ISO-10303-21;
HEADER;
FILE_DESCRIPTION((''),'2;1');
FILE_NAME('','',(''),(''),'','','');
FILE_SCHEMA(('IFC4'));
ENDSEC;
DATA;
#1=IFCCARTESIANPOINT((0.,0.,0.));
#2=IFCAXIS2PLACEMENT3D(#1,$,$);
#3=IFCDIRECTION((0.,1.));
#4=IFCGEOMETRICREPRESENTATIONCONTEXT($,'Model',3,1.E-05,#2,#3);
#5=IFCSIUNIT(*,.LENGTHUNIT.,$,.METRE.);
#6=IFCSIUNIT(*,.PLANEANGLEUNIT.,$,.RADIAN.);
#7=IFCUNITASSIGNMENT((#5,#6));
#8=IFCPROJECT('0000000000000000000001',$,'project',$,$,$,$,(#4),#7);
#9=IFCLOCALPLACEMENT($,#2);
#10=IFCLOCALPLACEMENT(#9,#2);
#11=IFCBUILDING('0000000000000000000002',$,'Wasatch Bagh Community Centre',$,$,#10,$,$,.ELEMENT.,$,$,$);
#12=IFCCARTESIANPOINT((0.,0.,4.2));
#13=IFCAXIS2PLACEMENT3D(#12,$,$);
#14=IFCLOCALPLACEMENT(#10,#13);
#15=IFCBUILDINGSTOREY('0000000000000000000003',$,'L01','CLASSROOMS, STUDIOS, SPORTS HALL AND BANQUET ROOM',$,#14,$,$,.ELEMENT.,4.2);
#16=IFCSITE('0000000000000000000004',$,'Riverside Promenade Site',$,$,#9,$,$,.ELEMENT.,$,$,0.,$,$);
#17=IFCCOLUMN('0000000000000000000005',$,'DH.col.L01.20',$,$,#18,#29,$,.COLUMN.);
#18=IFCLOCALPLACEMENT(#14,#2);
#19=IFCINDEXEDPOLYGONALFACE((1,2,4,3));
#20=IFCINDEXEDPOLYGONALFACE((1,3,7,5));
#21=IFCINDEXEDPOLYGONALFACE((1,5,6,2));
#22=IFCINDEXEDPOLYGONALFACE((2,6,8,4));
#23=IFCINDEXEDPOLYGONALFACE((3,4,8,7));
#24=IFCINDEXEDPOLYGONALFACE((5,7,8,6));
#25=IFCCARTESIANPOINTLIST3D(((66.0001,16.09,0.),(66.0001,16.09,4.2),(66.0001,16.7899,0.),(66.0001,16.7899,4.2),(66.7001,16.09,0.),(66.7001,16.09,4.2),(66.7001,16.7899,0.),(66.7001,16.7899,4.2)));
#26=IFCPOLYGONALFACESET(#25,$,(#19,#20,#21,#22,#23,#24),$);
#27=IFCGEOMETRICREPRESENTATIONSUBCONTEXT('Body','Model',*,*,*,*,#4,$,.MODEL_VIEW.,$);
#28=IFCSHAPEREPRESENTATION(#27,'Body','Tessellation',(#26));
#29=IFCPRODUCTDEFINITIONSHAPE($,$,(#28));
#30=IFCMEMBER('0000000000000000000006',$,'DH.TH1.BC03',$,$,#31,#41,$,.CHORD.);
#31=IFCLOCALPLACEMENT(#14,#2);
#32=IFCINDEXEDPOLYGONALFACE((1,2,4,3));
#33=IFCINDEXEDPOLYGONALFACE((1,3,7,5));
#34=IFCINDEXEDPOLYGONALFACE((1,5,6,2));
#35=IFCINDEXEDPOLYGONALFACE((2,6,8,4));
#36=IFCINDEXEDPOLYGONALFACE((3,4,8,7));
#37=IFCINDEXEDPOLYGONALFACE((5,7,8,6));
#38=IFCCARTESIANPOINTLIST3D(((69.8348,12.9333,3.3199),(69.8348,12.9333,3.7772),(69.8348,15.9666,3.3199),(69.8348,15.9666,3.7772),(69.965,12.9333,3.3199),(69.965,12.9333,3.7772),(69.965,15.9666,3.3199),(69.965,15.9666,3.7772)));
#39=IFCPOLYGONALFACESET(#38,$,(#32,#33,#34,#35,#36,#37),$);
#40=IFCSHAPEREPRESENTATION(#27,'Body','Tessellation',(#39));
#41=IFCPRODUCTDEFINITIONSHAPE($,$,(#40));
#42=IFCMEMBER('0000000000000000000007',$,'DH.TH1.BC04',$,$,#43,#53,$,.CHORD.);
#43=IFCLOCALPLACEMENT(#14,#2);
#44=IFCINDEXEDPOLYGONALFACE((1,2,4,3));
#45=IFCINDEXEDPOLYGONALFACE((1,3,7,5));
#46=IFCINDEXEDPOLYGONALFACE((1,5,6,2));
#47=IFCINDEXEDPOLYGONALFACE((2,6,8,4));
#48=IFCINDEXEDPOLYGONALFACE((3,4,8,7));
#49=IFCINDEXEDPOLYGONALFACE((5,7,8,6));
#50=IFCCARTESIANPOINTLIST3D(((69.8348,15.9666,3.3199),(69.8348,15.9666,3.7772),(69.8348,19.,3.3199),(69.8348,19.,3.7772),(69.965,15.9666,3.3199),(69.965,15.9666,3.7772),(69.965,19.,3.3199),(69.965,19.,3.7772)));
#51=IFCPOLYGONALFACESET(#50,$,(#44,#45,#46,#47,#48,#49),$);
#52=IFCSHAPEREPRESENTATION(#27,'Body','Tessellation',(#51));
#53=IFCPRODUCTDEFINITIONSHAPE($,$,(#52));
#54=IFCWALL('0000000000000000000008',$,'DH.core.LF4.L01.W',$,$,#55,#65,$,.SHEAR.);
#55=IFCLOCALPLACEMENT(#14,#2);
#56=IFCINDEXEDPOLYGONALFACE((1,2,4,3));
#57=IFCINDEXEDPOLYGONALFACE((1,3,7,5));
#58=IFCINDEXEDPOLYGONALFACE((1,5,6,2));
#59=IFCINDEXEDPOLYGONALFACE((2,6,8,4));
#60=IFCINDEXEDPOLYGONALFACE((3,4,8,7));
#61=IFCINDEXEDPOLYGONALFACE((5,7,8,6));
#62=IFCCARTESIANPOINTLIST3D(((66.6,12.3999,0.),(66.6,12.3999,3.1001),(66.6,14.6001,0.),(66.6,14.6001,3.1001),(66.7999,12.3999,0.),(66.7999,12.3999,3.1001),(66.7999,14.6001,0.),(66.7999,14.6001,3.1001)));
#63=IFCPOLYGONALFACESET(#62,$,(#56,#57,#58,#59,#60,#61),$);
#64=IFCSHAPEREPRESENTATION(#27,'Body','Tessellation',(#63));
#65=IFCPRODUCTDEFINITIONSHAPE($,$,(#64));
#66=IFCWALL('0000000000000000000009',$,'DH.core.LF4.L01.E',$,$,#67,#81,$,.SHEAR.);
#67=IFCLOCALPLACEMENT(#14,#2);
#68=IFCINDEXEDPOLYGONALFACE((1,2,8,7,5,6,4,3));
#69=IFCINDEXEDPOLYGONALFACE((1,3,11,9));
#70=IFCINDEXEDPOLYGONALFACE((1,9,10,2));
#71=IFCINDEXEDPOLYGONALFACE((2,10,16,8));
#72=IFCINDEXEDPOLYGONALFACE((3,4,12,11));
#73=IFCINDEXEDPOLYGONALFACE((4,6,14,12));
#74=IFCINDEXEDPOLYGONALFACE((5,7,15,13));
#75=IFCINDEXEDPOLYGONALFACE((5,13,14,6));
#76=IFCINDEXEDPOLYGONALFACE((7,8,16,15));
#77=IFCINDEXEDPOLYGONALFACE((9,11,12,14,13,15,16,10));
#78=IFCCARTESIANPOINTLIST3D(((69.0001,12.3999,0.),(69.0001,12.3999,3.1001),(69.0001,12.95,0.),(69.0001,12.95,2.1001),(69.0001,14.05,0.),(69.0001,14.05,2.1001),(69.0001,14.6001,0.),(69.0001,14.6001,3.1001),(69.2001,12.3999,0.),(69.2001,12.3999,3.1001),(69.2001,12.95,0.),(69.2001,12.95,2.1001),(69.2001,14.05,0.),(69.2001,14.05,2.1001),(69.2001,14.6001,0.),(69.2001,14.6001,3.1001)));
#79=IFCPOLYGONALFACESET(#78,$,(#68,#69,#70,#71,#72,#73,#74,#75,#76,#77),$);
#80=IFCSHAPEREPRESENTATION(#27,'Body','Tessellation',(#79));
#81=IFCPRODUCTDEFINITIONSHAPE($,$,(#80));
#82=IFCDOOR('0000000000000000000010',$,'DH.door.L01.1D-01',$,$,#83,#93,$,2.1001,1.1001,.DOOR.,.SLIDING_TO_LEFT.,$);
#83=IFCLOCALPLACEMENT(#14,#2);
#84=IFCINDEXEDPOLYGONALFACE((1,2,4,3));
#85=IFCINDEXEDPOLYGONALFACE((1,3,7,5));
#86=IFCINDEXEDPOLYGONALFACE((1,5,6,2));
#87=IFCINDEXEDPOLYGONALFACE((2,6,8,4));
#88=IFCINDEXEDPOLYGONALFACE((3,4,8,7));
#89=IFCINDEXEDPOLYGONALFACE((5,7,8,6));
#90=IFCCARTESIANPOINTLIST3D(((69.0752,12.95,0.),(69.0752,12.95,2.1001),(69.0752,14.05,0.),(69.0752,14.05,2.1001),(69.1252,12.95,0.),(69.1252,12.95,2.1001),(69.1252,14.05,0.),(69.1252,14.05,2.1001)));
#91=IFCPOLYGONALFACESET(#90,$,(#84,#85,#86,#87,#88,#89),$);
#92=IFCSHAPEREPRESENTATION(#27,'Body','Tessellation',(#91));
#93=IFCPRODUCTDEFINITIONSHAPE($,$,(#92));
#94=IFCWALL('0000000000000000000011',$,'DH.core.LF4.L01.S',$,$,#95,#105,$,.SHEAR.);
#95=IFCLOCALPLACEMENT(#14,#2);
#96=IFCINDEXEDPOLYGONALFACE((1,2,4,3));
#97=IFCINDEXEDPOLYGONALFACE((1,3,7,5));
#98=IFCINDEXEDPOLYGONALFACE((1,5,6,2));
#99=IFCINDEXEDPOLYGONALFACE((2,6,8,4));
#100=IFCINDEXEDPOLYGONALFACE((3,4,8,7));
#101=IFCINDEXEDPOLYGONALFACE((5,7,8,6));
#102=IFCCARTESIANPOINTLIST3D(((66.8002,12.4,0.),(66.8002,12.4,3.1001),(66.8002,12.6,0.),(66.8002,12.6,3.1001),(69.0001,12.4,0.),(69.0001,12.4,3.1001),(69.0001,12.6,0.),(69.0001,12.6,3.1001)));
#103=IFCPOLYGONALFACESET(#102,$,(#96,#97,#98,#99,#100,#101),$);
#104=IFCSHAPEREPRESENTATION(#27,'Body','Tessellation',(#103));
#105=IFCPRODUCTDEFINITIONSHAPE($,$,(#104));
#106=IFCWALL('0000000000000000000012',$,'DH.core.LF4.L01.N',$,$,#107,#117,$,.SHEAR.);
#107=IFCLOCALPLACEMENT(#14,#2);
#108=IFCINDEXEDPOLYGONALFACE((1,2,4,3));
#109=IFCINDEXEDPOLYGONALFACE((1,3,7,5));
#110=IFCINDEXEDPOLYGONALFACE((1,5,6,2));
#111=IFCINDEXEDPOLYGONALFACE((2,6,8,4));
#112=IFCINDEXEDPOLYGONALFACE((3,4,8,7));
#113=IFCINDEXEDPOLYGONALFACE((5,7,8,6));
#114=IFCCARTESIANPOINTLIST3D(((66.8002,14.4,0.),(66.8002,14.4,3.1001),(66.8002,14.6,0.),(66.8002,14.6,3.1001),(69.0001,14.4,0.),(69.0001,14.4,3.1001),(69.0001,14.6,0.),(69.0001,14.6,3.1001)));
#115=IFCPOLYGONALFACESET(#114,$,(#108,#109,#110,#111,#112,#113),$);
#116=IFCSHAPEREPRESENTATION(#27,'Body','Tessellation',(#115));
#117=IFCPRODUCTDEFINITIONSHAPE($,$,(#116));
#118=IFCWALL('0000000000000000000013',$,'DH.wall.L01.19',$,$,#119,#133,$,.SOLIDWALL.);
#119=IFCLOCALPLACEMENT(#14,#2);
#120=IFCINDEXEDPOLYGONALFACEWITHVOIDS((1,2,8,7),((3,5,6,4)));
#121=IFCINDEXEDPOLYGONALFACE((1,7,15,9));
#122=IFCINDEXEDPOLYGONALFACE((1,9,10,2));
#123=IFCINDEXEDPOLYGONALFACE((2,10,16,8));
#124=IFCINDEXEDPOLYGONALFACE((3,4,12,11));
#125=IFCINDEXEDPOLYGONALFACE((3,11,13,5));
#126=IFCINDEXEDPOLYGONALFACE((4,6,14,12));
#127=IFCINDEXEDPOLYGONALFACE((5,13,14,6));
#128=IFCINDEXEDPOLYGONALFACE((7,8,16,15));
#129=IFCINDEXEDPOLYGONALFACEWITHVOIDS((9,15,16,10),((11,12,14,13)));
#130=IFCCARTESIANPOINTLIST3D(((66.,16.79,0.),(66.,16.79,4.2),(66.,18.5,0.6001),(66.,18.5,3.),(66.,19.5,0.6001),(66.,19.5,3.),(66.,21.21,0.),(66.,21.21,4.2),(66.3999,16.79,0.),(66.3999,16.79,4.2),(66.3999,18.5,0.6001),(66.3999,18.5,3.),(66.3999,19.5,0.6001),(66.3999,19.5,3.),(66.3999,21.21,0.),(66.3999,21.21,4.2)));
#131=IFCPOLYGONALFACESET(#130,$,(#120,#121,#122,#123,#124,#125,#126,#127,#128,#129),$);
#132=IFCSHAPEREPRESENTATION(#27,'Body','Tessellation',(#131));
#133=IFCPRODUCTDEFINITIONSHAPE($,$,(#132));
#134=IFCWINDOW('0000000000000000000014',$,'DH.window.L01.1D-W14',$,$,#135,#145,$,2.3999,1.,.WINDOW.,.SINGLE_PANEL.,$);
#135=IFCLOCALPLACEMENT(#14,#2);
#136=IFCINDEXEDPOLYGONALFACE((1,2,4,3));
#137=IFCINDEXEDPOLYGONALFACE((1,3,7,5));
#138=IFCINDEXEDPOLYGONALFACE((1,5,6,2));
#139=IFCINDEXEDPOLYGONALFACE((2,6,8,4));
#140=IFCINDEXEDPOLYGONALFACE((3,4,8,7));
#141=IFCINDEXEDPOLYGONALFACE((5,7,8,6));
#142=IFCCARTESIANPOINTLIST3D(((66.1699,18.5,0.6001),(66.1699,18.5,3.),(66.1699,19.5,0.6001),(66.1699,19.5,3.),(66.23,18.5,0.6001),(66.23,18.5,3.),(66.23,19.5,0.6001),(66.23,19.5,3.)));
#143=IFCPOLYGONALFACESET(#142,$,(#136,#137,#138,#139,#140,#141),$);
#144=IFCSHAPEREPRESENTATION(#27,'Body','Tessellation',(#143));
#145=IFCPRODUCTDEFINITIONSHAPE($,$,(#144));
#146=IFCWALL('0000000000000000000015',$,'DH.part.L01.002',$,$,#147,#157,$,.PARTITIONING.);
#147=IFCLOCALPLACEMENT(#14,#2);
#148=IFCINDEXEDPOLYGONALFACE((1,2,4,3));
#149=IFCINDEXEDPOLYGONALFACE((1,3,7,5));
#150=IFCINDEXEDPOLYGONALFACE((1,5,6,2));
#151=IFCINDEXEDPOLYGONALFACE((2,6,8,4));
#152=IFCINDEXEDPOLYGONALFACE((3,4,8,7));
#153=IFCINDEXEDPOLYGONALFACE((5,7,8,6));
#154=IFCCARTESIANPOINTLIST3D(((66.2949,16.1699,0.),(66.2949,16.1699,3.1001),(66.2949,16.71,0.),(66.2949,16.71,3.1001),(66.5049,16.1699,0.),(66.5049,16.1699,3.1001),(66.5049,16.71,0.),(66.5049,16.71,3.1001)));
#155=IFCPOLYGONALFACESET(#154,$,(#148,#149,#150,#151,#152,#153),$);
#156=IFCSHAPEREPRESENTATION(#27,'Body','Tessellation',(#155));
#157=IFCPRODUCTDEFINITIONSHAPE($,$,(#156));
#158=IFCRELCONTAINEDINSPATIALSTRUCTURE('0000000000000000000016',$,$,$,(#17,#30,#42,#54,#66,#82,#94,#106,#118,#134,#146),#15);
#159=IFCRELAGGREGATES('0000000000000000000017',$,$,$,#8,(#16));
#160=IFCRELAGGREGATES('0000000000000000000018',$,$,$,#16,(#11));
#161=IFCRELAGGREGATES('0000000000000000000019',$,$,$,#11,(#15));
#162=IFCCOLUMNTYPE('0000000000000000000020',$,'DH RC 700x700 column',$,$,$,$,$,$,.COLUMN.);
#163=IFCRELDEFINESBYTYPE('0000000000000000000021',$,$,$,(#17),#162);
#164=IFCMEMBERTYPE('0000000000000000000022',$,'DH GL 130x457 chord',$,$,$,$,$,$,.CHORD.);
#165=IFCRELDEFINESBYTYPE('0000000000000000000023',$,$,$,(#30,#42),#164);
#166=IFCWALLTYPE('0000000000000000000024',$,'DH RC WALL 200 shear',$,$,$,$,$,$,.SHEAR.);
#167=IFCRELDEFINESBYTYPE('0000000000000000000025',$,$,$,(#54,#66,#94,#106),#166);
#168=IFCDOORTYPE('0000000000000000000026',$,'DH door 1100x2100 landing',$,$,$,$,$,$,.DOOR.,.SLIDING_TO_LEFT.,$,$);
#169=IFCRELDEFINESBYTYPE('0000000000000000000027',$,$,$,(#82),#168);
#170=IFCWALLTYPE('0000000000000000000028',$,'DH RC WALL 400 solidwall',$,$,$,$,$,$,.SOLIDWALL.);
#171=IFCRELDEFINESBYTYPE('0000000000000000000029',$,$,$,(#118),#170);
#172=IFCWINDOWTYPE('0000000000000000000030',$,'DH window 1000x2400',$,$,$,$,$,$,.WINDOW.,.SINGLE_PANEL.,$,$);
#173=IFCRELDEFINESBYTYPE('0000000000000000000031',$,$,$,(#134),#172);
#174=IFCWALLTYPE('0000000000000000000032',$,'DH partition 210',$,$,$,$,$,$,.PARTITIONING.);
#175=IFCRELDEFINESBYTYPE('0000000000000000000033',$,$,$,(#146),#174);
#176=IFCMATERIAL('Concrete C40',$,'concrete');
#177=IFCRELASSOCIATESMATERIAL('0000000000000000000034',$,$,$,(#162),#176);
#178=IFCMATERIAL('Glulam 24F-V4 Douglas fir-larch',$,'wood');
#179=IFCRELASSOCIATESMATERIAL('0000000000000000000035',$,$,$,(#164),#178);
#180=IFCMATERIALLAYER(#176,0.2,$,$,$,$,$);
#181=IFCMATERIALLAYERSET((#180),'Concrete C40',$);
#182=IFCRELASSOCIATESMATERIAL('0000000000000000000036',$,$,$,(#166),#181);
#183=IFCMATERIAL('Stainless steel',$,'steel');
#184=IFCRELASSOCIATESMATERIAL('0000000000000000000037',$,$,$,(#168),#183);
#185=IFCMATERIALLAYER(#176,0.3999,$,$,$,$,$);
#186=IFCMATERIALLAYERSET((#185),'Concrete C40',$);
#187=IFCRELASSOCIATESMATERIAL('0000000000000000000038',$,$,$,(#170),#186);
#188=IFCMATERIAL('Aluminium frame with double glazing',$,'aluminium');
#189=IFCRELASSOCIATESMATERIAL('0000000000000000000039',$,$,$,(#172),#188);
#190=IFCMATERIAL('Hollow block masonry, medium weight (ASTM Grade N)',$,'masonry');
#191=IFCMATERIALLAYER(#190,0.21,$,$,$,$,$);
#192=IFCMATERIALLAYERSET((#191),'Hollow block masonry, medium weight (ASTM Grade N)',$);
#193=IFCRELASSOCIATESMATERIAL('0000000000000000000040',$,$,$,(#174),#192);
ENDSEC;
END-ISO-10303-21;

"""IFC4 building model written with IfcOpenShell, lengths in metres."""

from ifc_helpers import new_model, si_unit, direction, frame, frame_2d, origin, origin_2d, place, context, subcontext, project, spatial, rectangle, extrude, material, layer, layer_set, material_profile, profile_set, type_object, element, fill, save


model = new_model("IFC4")

# Units and contexts
model_context = context("Model", 3, precision=1e-05, world=origin(), true_north=direction((0.0, 1.0)))
body_context = subcontext(model_context, "Body", "Model", "MODEL_VIEW")
ifc_project = project(units=[si_unit("LENGTHUNIT", "METRE"), si_unit("PLANEANGLEUNIT", "RADIAN")], contexts=[model_context])

# Site, building, storey
site_placement = place(None, origin())
site = spatial("IfcSite", under=ifc_project, at=site_placement, Name="Riverside Promenade Site", CompositionType="ELEMENT", RefElevation=0.0)
building_placement = place(site_placement, origin())
building = spatial("IfcBuilding", under=site, at=building_placement, Name="Wasatch Bagh Community Centre", CompositionType="ELEMENT")
storey_placement = place(building_placement, frame((0.0, 0.0, 4.2)))
storey = spatial("IfcBuildingStorey", under=building, at=storey_placement, Name="L01", Description="CLASSROOMS, STUDIOS, SPORTS HALL AND BANQUET ROOM", CompositionType="ELEMENT", Elevation=4.2)

# Column
ifc_material_1 = material(Name="Concrete C40", Category="concrete")
ifc_material_profile_1 = material_profile(ifc_material_1, rectangle(XDim=0.7, YDim=0.7, at=origin_2d()), Name="RC 700x700")
ifc_profile_set_1 = profile_set([ifc_material_profile_1], Name="Concrete C40")
column_type = type_object("IfcColumnType", Name="DH RC 700x700 column", PredefinedType="COLUMN", material=ifc_profile_set_1)
column_placement = place(storey_placement, frame((66.3501, 16.4399, 0.0), z_axis=(0.0, 0.0, 1.0), x_axis=(1.0, 0.0, 0.0)))
element("IfcColumn", 1, at=column_placement, inside=storey, type_object=column_type, Name="DH.col.L01.20", PredefinedType="COLUMN", context=body_context, shape_type="SweptSolid", body=[
    extrude(rectangle(XDim=0.7, YDim=0.7, at=origin_2d()), origin(), (0.0, 0.0, 1.0), 4.2),
])

# Members
ifc_material_2 = material(Name="Glulam 24F-V4 Douglas fir-larch", Category="wood")
ifc_material_profile_2 = material_profile(ifc_material_2, rectangle(XDim=0.1301, YDim=0.4573, at=origin_2d()), Name="GL 130x457")
ifc_profile_set_2 = profile_set([ifc_material_profile_2], Name="Glulam 24F-V4 Douglas fir-larch")
member_type = type_object("IfcMemberType", Name="DH GL 130x457 chord", PredefinedType="CHORD", material=ifc_profile_set_2)
member_1_placement = place(storey_placement, frame((69.8999, 12.9333, 3.5486), z_axis=(0.0, 1.0, 0.0), x_axis=(-1.0, 0.0, 0.0)))
element("IfcMember", 2, at=member_1_placement, inside=storey, type_object=member_type, Name="DH.TH1.BC03", PredefinedType="CHORD", context=body_context, shape_type="SweptSolid", body=[
    extrude(rectangle(XDim=0.1301, YDim=0.4573, at=origin_2d()), origin(), (0.0, 0.0, 1.0), 3.0332),
])
member_2_placement = place(storey_placement, frame((69.8999, 15.9666, 3.5486), z_axis=(0.0, 1.0, 0.0), x_axis=(-1.0, 0.0, 0.0)))
element("IfcMember", 3, at=member_2_placement, inside=storey, type_object=member_type, Name="DH.TH1.BC04", PredefinedType="CHORD", context=body_context, shape_type="SweptSolid", body=[
    extrude(rectangle(XDim=0.1301, YDim=0.4573, at=origin_2d()), origin(), (0.0, 0.0, 1.0), 3.0334),
])

# Wall
ifc_layer_1 = layer(ifc_material_1, 0.2)
ifc_layer_set_1 = layer_set([ifc_layer_1], Name="Concrete C40")
wall_type_1 = type_object("IfcWallType", Name="DH RC WALL 200 shear", PredefinedType="SHEAR", material=ifc_layer_set_1)
wall_1_placement = place(storey_placement, frame((66.7, 12.3999, 0.0), z_axis=(0.0, 0.0, 1.0), x_axis=(0.0, 1.0, 0.0)))
element("IfcWall", 4, at=wall_1_placement, inside=storey, type_object=wall_type_1, Name="DH.core.LF4.L01.W", PredefinedType="SHEAR", context=body_context, shape_type="SweptSolid", body=[
    extrude(rectangle(XDim=2.2002, YDim=0.2, at=frame_2d((1.1001, 0.0))), origin(), (0.0, 0.0, 1.0), 3.1001),
])

# Wall, opening, door
wall_2_placement = place(storey_placement, frame((69.1001, 12.3999, 0.0), z_axis=(0.0, 0.0, 1.0), x_axis=(0.0, 1.0, 0.0)))
wall_2 = element("IfcWall", 5, at=wall_2_placement, inside=storey, type_object=wall_type_1, Name="DH.core.LF4.L01.E", PredefinedType="SHEAR", context=body_context, shape_type="SweptSolid", body=[
    extrude(rectangle(XDim=2.2002, YDim=0.2, at=frame_2d((1.1001, 0.0))), origin(), (0.0, 0.0, 1.0), 3.1001),
])
opening_1_placement = place(wall_2_placement, frame((0.55, 0.0, 0.0)))
opening_1 = element("IfcOpeningElement", 6, at=opening_1_placement, cuts=wall_2, PredefinedType="OPENING", context=body_context, shape_type="SweptSolid", body=[
    extrude(rectangle(XDim=1.1001, YDim=2.1001, at=frame_2d((0.55, 1.05))), frame((0.0, 0.1099, 0.0), z_axis=(0.0, -1.0, 0.0), x_axis=(1.0, 0.0, 0.0)), (0.0, 0.0, 1.0), 0.22),
])
ifc_material_3 = material(Name="Stainless steel", Category="steel")
door_type_1 = type_object("IfcDoorType", Name="DH door 1100x2100 landing", OperationType="SLIDING_TO_LEFT", PredefinedType="DOOR", material=ifc_material_3)
door_1_placement = place(opening_1_placement, origin())
door_1 = element("IfcDoor", 7, at=door_1_placement, inside=storey, type_object=door_type_1, Name="DH.door.L01.1D-01", OperationType="SLIDING_TO_LEFT", OverallHeight=2.1001, OverallWidth=1.1001, PredefinedType="DOOR", context=body_context, shape_type="SweptSolid", body=[
    extrude(rectangle(XDim=1.1001, YDim=2.1001, at=frame_2d((0.55, 1.05))), frame((0.0, 0.0249, 0.0), z_axis=(0.0, -1.0, 0.0), x_axis=(1.0, 0.0, 0.0)), (0.0, 0.0, 1.0), 0.05),
])
fill(opening_1, door_1)

# Walls
for number, where, z_axis, x_axis, name in (
    (8, (66.8, 12.5, 0.0), (0.0, 0.0, 1.0), (1.0, 0.0, 0.0), "DH.core.LF4.L01.S"),
    (9, (66.8, 14.5, 0.0), (0.0, 0.0, 1.0), (1.0, 0.0, 0.0), "DH.core.LF4.L01.N"),
):
    element("IfcWall", number, at=place(storey_placement, frame(where, z_axis=z_axis, x_axis=x_axis)), inside=storey, type_object=wall_type_1, Name=name, PredefinedType="SHEAR", context=body_context, shape_type="SweptSolid", body=[
        extrude(rectangle(XDim=2.2, YDim=0.2, at=frame_2d((1.1001, 0.0))), origin(), (0.0, 0.0, 1.0), 3.1001),
    ])

# Wall, opening, window
ifc_layer_2 = layer(ifc_material_1, 0.3999)
ifc_layer_set_2 = layer_set([ifc_layer_2], Name="Concrete C40")
wall_type_2 = type_object("IfcWallType", Name="DH RC WALL 400 solidwall", PredefinedType="SOLIDWALL", material=ifc_layer_set_2)
wall_3_placement = place(storey_placement, frame((66.2, 16.79, 0.0), z_axis=(0.0, 0.0, 1.0), x_axis=(0.0, 1.0, 0.0)))
wall_3 = element("IfcWall", 10, at=wall_3_placement, inside=storey, type_object=wall_type_2, Name="DH.wall.L01.19", PredefinedType="SOLIDWALL", context=body_context, shape_type="SweptSolid", body=[
    extrude(rectangle(XDim=4.4199, YDim=0.3999, at=frame_2d((2.21, 0.0))), origin(), (0.0, 0.0, 1.0), 4.2),
])
opening_2_placement = place(wall_3_placement, frame((1.71, 0.0, 0.6001)))
opening_2 = element("IfcOpeningElement", 11, at=opening_2_placement, cuts=wall_3, PredefinedType="OPENING", context=body_context, shape_type="SweptSolid", body=[
    extrude(rectangle(XDim=1.0, YDim=2.3999, at=frame_2d((0.5, 1.2))), frame((0.0, 0.21, 0.0), z_axis=(0.0, -1.0, 0.0), x_axis=(1.0, 0.0, 0.0)), (0.0, 0.0, 1.0), 0.4199),
])
ifc_material_4 = material(Name="Aluminium frame with double glazing", Category="aluminium")
window_type = type_object("IfcWindowType", Name="DH window 1000x2400", PartitioningType="SINGLE_PANEL", PredefinedType="WINDOW", material=ifc_material_4)
window_placement = place(opening_2_placement, origin())
window = element("IfcWindow", 12, at=window_placement, inside=storey, type_object=window_type, Name="DH.window.L01.1D-W14", OverallHeight=2.3999, OverallWidth=1.0, PartitioningType="SINGLE_PANEL", PredefinedType="WINDOW", context=body_context, shape_type="SweptSolid", body=[
    extrude(rectangle(XDim=1.0, YDim=2.3999, at=frame_2d((0.5, 1.2))), frame((0.0, 0.03, 0.0), z_axis=(0.0, -1.0, 0.0), x_axis=(1.0, 0.0, 0.0)), (0.0, 0.0, 1.0), 0.0601),
])
fill(opening_2, window)

# Wall
ifc_material_5 = material(Name="Hollow block masonry, medium weight (ASTM Grade N)", Category="masonry")
ifc_layer_3 = layer(ifc_material_5, 0.21)
ifc_layer_set_3 = layer_set([ifc_layer_3], Name="Hollow block masonry, medium weight (ASTM Grade N)")
wall_type_3 = type_object("IfcWallType", Name="DH partition 210", PredefinedType="PARTITIONING", material=ifc_layer_set_3)
wall_4_placement = place(storey_placement, frame((66.3999, 16.71, 0.0), z_axis=(0.0, 0.0, 1.0), x_axis=(0.0, -1.0, 0.0)))
element("IfcWall", 13, at=wall_4_placement, inside=storey, type_object=wall_type_3, Name="DH.part.L01.002", PredefinedType="PARTITIONING", context=body_context, shape_type="SweptSolid", body=[
    extrude(rectangle(XDim=0.54, YDim=0.21, at=frame_2d((0.27, 0.0))), origin(), (0.0, 0.0, 1.0), 3.1001),
])

save(model, "model.ifc")
